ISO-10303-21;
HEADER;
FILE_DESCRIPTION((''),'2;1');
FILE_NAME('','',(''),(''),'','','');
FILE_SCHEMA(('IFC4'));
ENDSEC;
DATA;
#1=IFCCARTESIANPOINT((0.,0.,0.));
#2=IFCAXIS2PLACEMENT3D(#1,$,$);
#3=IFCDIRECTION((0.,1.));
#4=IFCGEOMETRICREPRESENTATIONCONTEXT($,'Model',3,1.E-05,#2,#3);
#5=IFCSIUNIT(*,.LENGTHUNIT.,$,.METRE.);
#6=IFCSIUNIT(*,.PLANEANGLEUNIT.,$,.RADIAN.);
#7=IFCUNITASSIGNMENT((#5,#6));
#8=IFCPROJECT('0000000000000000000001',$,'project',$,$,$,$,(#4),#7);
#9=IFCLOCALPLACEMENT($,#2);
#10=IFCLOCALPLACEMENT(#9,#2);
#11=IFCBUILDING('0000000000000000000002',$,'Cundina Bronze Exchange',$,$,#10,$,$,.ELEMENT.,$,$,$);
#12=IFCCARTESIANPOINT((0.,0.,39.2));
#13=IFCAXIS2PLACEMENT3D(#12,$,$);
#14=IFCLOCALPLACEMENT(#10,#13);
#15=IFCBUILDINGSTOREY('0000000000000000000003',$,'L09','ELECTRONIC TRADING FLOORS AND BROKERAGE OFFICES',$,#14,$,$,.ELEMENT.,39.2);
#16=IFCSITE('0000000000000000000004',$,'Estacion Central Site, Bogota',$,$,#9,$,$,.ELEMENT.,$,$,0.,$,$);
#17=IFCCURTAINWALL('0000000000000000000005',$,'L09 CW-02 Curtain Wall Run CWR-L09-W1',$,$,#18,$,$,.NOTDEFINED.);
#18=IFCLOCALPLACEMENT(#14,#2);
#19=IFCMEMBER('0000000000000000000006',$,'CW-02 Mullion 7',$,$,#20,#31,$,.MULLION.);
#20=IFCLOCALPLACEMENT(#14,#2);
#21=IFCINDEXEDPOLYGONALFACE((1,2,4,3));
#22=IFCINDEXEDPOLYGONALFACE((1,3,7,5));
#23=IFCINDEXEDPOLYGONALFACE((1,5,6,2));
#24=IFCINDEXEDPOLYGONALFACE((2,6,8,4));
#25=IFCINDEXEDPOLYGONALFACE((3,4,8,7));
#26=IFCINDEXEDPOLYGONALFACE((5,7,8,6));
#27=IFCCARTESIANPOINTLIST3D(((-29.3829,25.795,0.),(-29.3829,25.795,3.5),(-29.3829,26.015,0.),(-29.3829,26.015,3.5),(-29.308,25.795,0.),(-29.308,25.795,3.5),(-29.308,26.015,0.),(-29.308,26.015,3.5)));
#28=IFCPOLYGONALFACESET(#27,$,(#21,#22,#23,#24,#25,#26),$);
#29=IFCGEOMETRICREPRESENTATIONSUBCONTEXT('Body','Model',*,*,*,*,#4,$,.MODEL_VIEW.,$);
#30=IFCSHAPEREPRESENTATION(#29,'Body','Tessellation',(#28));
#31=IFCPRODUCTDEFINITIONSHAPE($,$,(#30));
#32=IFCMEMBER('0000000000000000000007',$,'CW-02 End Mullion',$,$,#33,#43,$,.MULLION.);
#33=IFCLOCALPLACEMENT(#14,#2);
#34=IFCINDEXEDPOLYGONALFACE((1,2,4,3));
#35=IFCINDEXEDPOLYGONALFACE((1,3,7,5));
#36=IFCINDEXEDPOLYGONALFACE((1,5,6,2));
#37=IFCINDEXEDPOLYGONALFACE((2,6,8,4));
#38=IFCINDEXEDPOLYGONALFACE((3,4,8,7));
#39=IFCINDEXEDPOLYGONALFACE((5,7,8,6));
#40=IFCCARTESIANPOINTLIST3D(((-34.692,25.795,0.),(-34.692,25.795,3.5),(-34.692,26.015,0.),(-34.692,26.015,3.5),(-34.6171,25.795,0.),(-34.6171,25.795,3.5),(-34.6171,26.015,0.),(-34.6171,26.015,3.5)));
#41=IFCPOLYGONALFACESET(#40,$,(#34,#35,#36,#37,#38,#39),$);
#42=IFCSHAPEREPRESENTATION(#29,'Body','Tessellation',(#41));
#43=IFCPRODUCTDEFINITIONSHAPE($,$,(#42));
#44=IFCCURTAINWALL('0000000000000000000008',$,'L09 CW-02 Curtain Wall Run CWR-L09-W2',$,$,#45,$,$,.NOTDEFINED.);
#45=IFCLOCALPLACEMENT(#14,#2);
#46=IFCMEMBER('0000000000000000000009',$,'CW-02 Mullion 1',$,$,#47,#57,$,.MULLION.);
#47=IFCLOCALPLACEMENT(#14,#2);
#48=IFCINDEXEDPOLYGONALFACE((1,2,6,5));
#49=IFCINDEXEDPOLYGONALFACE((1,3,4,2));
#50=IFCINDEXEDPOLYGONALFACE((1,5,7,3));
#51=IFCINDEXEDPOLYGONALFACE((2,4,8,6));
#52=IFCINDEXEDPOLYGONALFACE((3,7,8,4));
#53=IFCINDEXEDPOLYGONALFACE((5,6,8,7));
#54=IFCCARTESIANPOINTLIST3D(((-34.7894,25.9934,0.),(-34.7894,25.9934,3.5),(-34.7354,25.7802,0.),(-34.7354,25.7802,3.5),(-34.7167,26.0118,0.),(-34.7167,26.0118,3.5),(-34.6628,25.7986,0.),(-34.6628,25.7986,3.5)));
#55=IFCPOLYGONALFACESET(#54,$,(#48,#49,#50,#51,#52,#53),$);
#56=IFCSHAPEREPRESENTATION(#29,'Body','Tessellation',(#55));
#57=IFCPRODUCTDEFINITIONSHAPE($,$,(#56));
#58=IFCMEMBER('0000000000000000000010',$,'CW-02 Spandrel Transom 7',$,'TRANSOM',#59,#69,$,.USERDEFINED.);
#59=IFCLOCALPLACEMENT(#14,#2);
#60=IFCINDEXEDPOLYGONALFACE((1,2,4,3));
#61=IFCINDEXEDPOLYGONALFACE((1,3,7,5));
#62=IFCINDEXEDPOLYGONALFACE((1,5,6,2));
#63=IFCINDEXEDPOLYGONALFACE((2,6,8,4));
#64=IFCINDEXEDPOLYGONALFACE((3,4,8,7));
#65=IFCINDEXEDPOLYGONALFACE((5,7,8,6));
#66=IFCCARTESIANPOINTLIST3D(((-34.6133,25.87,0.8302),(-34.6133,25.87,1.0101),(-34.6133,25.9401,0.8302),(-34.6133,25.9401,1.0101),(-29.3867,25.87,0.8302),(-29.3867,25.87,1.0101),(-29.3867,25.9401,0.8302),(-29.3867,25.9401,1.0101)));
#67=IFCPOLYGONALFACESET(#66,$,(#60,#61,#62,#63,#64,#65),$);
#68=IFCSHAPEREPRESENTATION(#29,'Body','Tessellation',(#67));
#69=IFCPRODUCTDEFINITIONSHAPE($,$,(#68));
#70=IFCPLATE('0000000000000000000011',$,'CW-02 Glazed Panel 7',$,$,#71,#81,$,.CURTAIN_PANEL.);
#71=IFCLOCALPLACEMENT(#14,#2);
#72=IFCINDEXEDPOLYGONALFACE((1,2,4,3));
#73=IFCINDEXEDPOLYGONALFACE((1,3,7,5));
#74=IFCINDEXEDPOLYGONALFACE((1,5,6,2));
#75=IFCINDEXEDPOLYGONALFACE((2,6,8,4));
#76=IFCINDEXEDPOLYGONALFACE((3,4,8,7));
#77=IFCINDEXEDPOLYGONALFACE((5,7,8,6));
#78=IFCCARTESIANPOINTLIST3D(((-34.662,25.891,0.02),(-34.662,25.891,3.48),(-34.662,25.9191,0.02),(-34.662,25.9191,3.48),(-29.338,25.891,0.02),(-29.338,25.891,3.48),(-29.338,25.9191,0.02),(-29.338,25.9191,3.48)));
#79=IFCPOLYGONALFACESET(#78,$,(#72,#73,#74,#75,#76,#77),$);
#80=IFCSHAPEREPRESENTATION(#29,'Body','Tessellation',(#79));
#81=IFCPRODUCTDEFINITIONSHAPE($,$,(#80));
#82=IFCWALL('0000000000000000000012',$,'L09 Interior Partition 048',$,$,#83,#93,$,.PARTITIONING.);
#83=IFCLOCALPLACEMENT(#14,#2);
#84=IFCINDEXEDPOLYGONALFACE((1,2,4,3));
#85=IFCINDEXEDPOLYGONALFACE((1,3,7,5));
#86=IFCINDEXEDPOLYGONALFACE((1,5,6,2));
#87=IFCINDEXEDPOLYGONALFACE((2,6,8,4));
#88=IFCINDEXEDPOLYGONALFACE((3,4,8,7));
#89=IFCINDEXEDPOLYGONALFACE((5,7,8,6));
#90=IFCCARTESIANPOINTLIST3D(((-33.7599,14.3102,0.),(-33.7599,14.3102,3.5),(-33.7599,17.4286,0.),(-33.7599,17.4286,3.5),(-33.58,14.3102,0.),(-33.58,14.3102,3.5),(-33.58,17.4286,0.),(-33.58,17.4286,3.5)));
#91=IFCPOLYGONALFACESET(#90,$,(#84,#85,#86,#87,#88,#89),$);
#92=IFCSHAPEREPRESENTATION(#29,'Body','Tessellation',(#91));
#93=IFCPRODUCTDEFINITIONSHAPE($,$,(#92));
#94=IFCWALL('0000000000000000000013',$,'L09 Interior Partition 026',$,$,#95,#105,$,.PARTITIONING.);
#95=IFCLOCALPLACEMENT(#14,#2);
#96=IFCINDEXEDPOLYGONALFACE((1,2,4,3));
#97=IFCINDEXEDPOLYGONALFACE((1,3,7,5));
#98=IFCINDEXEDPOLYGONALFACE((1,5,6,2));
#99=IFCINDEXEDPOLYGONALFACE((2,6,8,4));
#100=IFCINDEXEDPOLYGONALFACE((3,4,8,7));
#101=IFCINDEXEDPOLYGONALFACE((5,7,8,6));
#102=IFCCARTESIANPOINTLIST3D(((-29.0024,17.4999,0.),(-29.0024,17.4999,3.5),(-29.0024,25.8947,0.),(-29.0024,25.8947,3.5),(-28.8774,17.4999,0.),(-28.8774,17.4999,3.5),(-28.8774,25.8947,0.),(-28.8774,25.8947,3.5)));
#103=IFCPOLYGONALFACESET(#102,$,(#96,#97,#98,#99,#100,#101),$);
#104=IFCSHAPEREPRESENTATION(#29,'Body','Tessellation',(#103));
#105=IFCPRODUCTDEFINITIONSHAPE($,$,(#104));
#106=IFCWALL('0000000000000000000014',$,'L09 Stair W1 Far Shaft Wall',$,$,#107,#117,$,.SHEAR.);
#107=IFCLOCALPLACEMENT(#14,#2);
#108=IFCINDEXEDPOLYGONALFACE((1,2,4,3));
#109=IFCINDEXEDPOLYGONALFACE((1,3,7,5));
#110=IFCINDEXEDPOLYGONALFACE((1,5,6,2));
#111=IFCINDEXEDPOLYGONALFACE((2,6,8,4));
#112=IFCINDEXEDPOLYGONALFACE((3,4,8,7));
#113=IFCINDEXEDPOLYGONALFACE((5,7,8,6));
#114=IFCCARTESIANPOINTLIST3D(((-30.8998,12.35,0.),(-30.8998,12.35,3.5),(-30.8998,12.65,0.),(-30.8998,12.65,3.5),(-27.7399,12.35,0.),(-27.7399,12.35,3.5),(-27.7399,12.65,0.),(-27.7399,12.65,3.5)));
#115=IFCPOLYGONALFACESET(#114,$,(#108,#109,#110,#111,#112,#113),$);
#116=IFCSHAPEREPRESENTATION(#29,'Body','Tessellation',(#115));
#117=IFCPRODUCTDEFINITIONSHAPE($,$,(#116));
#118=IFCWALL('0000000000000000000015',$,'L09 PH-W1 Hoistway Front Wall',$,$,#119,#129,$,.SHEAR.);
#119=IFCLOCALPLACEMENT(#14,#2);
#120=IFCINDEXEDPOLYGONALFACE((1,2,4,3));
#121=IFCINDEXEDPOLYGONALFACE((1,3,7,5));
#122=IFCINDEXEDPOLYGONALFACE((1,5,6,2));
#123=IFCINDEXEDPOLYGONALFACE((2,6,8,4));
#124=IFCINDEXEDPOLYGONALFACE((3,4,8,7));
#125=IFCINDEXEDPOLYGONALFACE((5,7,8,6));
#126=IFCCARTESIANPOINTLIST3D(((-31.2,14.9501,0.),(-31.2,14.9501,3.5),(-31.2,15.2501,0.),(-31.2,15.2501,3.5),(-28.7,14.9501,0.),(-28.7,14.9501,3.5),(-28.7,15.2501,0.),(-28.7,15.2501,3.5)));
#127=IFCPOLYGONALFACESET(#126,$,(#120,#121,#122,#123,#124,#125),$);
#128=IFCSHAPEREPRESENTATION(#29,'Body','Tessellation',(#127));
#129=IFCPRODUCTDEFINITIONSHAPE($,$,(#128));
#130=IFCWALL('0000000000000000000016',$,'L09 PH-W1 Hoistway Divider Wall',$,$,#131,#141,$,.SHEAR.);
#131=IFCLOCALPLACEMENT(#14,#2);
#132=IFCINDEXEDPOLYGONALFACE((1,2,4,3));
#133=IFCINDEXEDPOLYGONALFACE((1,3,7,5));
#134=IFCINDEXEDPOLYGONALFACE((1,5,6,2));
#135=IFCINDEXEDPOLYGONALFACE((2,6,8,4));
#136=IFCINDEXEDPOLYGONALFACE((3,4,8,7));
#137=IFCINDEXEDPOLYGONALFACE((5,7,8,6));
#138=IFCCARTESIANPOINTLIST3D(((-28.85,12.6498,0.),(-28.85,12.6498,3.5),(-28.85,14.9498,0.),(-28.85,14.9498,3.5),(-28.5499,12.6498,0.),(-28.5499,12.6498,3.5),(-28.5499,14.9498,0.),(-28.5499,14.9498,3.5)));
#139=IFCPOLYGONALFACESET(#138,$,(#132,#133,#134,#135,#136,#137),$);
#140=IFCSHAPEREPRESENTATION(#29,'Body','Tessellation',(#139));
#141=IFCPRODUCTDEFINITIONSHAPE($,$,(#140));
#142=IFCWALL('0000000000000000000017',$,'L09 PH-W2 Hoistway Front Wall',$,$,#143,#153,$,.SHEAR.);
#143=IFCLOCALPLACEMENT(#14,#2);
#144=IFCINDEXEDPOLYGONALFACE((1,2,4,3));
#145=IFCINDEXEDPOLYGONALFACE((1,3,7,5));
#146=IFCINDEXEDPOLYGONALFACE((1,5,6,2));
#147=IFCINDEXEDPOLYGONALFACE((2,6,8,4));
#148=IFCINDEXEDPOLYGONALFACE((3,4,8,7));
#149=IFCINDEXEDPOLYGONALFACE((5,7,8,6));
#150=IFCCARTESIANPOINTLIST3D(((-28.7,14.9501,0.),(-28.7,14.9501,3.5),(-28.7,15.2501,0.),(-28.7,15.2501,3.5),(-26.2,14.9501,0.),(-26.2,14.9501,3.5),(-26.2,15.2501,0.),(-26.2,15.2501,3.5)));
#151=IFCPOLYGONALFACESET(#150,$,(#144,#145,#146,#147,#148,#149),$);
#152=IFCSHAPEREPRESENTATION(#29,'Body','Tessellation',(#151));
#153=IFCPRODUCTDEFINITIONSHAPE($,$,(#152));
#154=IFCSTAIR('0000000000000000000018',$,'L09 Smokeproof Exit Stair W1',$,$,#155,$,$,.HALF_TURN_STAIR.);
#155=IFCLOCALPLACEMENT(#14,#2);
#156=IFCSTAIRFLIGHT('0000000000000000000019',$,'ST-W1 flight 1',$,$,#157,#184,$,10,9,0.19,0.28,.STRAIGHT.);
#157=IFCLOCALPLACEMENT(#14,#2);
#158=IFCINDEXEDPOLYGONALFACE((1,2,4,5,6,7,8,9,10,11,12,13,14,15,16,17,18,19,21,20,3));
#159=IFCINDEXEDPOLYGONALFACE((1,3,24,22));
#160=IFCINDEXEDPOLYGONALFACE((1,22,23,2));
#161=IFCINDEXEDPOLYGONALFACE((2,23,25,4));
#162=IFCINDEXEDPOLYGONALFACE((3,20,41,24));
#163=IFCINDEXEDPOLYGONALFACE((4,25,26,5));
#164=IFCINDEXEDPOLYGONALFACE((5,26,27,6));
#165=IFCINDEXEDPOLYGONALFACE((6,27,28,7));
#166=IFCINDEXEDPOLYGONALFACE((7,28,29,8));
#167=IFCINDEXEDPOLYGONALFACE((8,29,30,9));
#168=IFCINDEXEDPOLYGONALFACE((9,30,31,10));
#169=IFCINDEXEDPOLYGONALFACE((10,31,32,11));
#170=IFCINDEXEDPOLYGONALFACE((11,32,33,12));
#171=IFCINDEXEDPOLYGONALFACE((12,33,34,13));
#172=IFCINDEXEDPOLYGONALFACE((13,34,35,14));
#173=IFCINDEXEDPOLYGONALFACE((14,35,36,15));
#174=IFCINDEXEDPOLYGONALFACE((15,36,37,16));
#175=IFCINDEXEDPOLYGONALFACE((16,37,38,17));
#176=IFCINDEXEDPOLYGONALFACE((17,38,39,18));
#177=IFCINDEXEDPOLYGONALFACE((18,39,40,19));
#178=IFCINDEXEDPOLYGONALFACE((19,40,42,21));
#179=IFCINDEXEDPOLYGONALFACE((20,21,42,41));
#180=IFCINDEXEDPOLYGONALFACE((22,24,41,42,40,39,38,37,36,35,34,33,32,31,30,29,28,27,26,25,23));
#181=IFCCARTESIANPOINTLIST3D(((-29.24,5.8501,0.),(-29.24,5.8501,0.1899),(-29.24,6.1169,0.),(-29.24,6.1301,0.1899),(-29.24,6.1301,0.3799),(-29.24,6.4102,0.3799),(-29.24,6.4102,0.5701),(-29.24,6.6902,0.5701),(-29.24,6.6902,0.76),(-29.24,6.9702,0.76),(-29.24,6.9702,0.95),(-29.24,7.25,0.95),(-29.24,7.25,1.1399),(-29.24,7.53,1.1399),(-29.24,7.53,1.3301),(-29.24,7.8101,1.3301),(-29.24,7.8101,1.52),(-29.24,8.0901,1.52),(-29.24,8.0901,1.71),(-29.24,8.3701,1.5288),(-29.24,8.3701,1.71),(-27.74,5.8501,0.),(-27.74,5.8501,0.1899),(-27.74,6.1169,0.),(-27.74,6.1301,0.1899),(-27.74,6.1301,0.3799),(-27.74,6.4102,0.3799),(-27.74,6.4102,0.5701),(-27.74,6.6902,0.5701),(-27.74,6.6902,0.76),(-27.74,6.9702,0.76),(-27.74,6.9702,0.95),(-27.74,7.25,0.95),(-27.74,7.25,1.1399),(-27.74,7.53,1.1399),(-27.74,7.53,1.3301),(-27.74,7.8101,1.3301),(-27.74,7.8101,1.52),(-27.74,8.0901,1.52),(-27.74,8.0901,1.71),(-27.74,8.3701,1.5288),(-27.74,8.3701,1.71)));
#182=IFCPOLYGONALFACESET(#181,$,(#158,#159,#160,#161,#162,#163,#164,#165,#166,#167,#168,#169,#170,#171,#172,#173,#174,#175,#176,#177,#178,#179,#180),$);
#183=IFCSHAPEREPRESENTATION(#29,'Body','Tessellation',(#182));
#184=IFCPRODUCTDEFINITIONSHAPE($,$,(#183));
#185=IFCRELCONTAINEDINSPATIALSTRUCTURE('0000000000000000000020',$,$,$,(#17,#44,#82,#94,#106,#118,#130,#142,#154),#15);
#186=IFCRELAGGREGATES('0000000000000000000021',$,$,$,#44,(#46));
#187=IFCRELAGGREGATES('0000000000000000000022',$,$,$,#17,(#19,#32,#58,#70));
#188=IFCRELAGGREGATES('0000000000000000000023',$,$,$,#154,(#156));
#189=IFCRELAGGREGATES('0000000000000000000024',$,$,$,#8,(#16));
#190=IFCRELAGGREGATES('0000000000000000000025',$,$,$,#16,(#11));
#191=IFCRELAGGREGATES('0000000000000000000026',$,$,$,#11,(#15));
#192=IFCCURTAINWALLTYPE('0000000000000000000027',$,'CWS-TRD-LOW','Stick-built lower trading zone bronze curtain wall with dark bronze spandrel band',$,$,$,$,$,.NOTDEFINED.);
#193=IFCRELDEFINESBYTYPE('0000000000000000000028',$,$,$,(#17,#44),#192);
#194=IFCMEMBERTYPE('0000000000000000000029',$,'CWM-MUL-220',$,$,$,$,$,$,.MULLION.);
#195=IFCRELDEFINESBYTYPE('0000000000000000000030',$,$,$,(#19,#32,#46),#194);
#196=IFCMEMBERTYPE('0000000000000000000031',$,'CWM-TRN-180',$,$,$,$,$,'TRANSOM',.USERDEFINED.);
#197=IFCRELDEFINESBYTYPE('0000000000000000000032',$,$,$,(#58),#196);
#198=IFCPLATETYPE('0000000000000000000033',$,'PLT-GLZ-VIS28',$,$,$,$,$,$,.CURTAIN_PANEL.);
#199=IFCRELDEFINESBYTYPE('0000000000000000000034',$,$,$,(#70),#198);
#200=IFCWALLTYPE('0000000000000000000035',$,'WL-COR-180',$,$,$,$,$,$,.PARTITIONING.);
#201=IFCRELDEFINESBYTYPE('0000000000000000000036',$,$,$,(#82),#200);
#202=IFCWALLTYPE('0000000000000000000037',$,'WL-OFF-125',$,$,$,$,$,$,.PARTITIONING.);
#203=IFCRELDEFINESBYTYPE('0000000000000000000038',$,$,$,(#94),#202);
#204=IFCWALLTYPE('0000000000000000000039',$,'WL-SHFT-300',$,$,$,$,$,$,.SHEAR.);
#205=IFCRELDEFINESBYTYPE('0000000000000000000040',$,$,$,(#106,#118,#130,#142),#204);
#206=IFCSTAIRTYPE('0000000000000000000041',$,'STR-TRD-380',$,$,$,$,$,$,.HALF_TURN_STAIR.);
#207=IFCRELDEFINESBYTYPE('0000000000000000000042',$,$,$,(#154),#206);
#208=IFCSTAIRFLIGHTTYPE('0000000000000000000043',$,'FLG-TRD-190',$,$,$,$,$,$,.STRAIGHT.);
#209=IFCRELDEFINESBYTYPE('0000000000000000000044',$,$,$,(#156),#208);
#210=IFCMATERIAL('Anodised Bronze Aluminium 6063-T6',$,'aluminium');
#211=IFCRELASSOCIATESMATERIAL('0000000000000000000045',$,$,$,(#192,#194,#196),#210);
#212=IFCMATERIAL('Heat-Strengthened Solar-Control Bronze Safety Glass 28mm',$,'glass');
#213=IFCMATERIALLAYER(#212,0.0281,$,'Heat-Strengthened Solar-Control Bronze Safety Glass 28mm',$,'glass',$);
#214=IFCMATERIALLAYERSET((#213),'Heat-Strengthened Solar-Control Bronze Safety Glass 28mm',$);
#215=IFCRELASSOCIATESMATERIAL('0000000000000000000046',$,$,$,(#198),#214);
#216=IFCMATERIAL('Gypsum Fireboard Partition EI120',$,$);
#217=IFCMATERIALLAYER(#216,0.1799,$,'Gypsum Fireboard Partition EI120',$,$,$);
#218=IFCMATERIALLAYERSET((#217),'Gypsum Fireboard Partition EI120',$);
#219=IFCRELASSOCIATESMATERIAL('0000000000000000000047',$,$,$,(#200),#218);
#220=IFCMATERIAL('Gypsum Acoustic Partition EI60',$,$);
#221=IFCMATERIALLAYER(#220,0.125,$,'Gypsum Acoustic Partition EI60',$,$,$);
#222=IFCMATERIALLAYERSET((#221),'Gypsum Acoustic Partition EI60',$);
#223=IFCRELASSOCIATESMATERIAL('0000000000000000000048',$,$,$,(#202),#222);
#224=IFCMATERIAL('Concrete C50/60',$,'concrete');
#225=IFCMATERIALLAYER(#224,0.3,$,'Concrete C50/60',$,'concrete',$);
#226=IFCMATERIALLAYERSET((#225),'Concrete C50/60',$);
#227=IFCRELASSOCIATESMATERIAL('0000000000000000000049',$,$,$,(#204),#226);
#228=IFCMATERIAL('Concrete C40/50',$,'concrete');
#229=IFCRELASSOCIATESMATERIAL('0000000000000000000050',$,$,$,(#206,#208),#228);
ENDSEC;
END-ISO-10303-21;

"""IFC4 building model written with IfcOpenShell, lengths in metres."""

from ifc_helpers import new_model, si_unit, direction, frame, frame_2d, origin, origin_2d, place, context, subcontext, project, spatial, polyline, rectangle, outline, extrude, material, layer, layer_set, material_profile, profile_set, type_object, element, aggregate, save


model = new_model("IFC4")

# Units and contexts
model_context = context("Model", 3, precision=1e-05, world=origin(), true_north=direction((0.0, 1.0)))
body_context = subcontext(model_context, "Body", "Model", "MODEL_VIEW")
ifc_project = project(units=[si_unit("LENGTHUNIT", "METRE"), si_unit("PLANEANGLEUNIT", "RADIAN")], contexts=[model_context])

# Site, building, storey
site_placement = place(None, origin())
site = spatial("IfcSite", under=ifc_project, at=site_placement, Name="Estacion Central Site, Bogota", CompositionType="ELEMENT", RefElevation=0.0)
building_placement = place(site_placement, origin())
building = spatial("IfcBuilding", under=site, at=building_placement, Name="Cundina Bronze Exchange", CompositionType="ELEMENT")
storey_placement = place(building_placement, frame((0.0, 0.0, 39.2)))
storey = spatial("IfcBuildingStorey", under=building, at=storey_placement, Name="L09", Description="ELECTRONIC TRADING FLOORS AND BROKERAGE OFFICES", CompositionType="ELEMENT", Elevation=39.2)

# Curtain wall, members
ifc_material_1 = material(Name="Anodised Bronze Aluminium 6063-T6", Category="aluminium")
curtain_wall_type = type_object("IfcCurtainWallType", Name="CWS-TRD-LOW", Description="Stick-built lower trading zone bronze curtain wall with dark bronze spandrel band", PredefinedType="NOTDEFINED", material=ifc_material_1)
curtain_wall_1_placement = place(storey_placement, origin())
curtain_wall_1 = element("IfcCurtainWall", 1, at=curtain_wall_1_placement, inside=storey, type_object=curtain_wall_type, Name="L09 CW-02 Curtain Wall Run CWR-L09-W1", PredefinedType="NOTDEFINED")
ifc_material_profile_1 = material_profile(ifc_material_1, rectangle(XDim=0.075, YDim=0.22, at=origin_2d()), Name="AL75X220", Category="aluminium")
ifc_profile_set_1 = profile_set([ifc_material_profile_1], Name="Anodised Bronze Aluminium 6063-T6")
member_type_1 = type_object("IfcMemberType", Name="CWM-MUL-220", PredefinedType="MULLION", material=ifc_profile_set_1)
member_1_placement = place(storey_placement, frame((-29.3455, 25.905, 0.0), z_axis=(0.0, 0.0, 1.0), x_axis=(-1.0, 0.0, 0.0)))
member_1 = element("IfcMember", 2, at=member_1_placement, type_object=member_type_1, Name="CW-02 Mullion 7", PredefinedType="MULLION", context=body_context, shape_type="SweptSolid", body=[
    extrude(rectangle(XDim=0.075, YDim=0.22, at=origin_2d()), origin(), (0.0, 0.0, 1.0), 3.5),
])
member_2_placement = place(storey_placement, frame((-34.6545, 25.905, 0.0), z_axis=(0.0, 0.0, 1.0), x_axis=(-1.0, 0.0, 0.0)))
member_2 = element("IfcMember", 3, at=member_2_placement, type_object=member_type_1, Name="CW-02 End Mullion", PredefinedType="MULLION", context=body_context, shape_type="SweptSolid", body=[
    extrude(rectangle(XDim=0.075, YDim=0.22, at=origin_2d()), origin(), (0.0, 0.0, 1.0), 3.5),
])

# Curtain wall, member
curtain_wall_2_placement = place(storey_placement, origin())
curtain_wall_2 = element("IfcCurtainWall", 4, at=curtain_wall_2_placement, inside=storey, type_object=curtain_wall_type, Name="L09 CW-02 Curtain Wall Run CWR-L09-W2", PredefinedType="NOTDEFINED")
member_3_placement = place(storey_placement, frame((-34.7261, 25.896, 0.0), z_axis=(0.0, 0.0, 1.0), x_axis=(-0.969488, -0.245138, 0.0)))
member_3 = element("IfcMember", 5, at=member_3_placement, type_object=member_type_1, Name="CW-02 Mullion 1", PredefinedType="MULLION", context=body_context, shape_type="SweptSolid", body=[
    extrude(rectangle(XDim=0.075, YDim=0.22, at=origin_2d()), origin(), (0.0, 0.0, 1.0), 3.5),
])
aggregate(curtain_wall_2, [member_3])

# Member
ifc_material_profile_2 = material_profile(ifc_material_1, rectangle(XDim=0.0701, YDim=0.1799, at=origin_2d()), Name="AL70X180", Category="aluminium")
ifc_profile_set_2 = profile_set([ifc_material_profile_2], Name="Anodised Bronze Aluminium 6063-T6")
member_type_2 = type_object("IfcMemberType", Name="CWM-TRN-180", ElementType="TRANSOM", PredefinedType="USERDEFINED", material=ifc_profile_set_2)
member_4_placement = place(storey_placement, frame((-29.3867, 25.905, 0.9202), z_axis=(-1.0, 0.0, 0.0), x_axis=(0.0, -1.0, 0.0)))
member_4 = element("IfcMember", 6, at=member_4_placement, type_object=member_type_2, Name="CW-02 Spandrel Transom 7", ObjectType="TRANSOM", PredefinedType="USERDEFINED", context=body_context, shape_type="SweptSolid", body=[
    extrude(rectangle(XDim=0.0701, YDim=0.1799, at=origin_2d()), origin(), (0.0, 0.0, 1.0), 5.2266),
])

# Plate
ifc_material_2 = material(Name="Heat-Strengthened Solar-Control Bronze Safety Glass 28mm", Category="glass")
ifc_layer_1 = layer(ifc_material_2, 0.0281, Name="Heat-Strengthened Solar-Control Bronze Safety Glass 28mm", Category="glass")
ifc_layer_set_1 = layer_set([ifc_layer_1], Name="Heat-Strengthened Solar-Control Bronze Safety Glass 28mm")
plate_type = type_object("IfcPlateType", Name="PLT-GLZ-VIS28", PredefinedType="CURTAIN_PANEL", material=ifc_layer_set_1)
plate_placement = place(storey_placement, frame((-32.0, 25.905, 0.02), z_axis=(0.0, 0.0, 1.0), x_axis=(-1.0, 0.0, 0.0)))
plate = element("IfcPlate", 7, at=plate_placement, type_object=plate_type, Name="CW-02 Glazed Panel 7", PredefinedType="CURTAIN_PANEL", context=body_context, shape_type="SweptSolid", body=[
    extrude(rectangle(XDim=5.324, YDim=0.0281, at=origin_2d()), origin(), (0.0, 0.0, 1.0), 3.46),
])
aggregate(curtain_wall_1, [member_1, member_2, member_4, plate])

# Shared definitions
ifc_material_3 = material(Name="Gypsum Fireboard Partition EI120")
ifc_layer_2 = layer(ifc_material_3, 0.1799, Name="Gypsum Fireboard Partition EI120")
ifc_layer_set_2 = layer_set([ifc_layer_2], Name="Gypsum Fireboard Partition EI120")
wall_type_1 = type_object("IfcWallType", Name="WL-COR-180", PredefinedType="PARTITIONING", material=ifc_layer_set_2)

# Walls
wall_1_placement = place(storey_placement, frame((-33.6699, 17.4285, 0.0), z_axis=(0.0, 0.0, 1.0), x_axis=(0.0, -1.0, 0.0)))
element("IfcWall", 8, at=wall_1_placement, inside=storey, type_object=wall_type_1, Name="L09 Interior Partition 048", PredefinedType="PARTITIONING", context=body_context, shape_type="SweptSolid", body=[
    extrude(rectangle(XDim=3.1184, YDim=0.1799, at=frame_2d((1.5591, 0.0))), origin(), (0.0, 0.0, 1.0), 3.5),
])
ifc_material_4 = material(Name="Gypsum Acoustic Partition EI60")
ifc_layer_3 = layer(ifc_material_4, 0.125, Name="Gypsum Acoustic Partition EI60")
ifc_layer_set_3 = layer_set([ifc_layer_3], Name="Gypsum Acoustic Partition EI60")
wall_type_2 = type_object("IfcWallType", Name="WL-OFF-125", PredefinedType="PARTITIONING", material=ifc_layer_set_3)
wall_2_placement = place(storey_placement, frame((-28.9399, 17.5, 0.0), z_axis=(0.0, 0.0, 1.0), x_axis=(0.0, 1.0, 0.0)))
element("IfcWall", 9, at=wall_2_placement, inside=storey, type_object=wall_type_2, Name="L09 Interior Partition 026", PredefinedType="PARTITIONING", context=body_context, shape_type="SweptSolid", body=[
    extrude(rectangle(XDim=8.3948, YDim=0.125, at=frame_2d((4.1973, 0.0))), origin(), (0.0, 0.0, 1.0), 3.5),
])

# Shared definitions
ifc_material_5 = material(Name="Concrete C50/60", Category="concrete")
ifc_layer_4 = layer(ifc_material_5, 0.3, Name="Concrete C50/60", Category="concrete")
ifc_layer_set_4 = layer_set([ifc_layer_4], Name="Concrete C50/60")
wall_type_3 = type_object("IfcWallType", Name="WL-SHFT-300", PredefinedType="SHEAR", material=ifc_layer_set_4)

# Walls
wall_3_placement = place(storey_placement, frame((-30.8999, 12.5, 0.0), z_axis=(0.0, 0.0, 1.0), x_axis=(1.0, 0.0, 0.0)))
element("IfcWall", 10, at=wall_3_placement, inside=storey, type_object=wall_type_3, Name="L09 Stair W1 Far Shaft Wall", PredefinedType="SHEAR", context=body_context, shape_type="SweptSolid", body=[
    extrude(rectangle(XDim=3.1599, YDim=0.3, at=frame_2d((1.5801, 0.0))), origin(), (0.0, 0.0, 1.0), 3.5),
])
wall_4_placement = place(storey_placement, frame((-31.2, 15.1001, 0.0), z_axis=(0.0, 0.0, 1.0), x_axis=(1.0, 0.0, 0.0)))
element("IfcWall", 11, at=wall_4_placement, inside=storey, type_object=wall_type_3, Name="L09 PH-W1 Hoistway Front Wall", PredefinedType="SHEAR", context=body_context, shape_type="SweptSolid", body=[
    extrude(rectangle(XDim=2.5, YDim=0.3, at=frame_2d((1.25, 0.0))), origin(), (0.0, 0.0, 1.0), 3.5),
])
wall_5_placement = place(storey_placement, frame((-28.7, 12.6499, 0.0), z_axis=(0.0, 0.0, 1.0), x_axis=(0.0, 1.0, 0.0)))
element("IfcWall", 12, at=wall_5_placement, inside=storey, type_object=wall_type_3, Name="L09 PH-W1 Hoistway Divider Wall", PredefinedType="SHEAR", context=body_context, shape_type="SweptSolid", body=[
    extrude(rectangle(XDim=2.3, YDim=0.3, at=frame_2d((1.1499, 0.0))), origin(), (0.0, 0.0, 1.0), 3.5),
])
wall_6_placement = place(storey_placement, frame((-28.7, 15.1001, 0.0), z_axis=(0.0, 0.0, 1.0), x_axis=(1.0, 0.0, 0.0)))
element("IfcWall", 13, at=wall_6_placement, inside=storey, type_object=wall_type_3, Name="L09 PH-W2 Hoistway Front Wall", PredefinedType="SHEAR", context=body_context, shape_type="SweptSolid", body=[
    extrude(rectangle(XDim=2.5, YDim=0.3, at=frame_2d((1.25, 0.0))), origin(), (0.0, 0.0, 1.0), 3.5),
])

# Stair, stair flight
ifc_material_6 = material(Name="Concrete C40/50", Category="concrete")
stair_type = type_object("IfcStairType", Name="STR-TRD-380", PredefinedType="HALF_TURN_STAIR", material=ifc_material_6)
stair_placement = place(storey_placement, origin())
stair = element("IfcStair", 14, at=stair_placement, inside=storey, type_object=stair_type, Name="L09 Smokeproof Exit Stair W1", PredefinedType="HALF_TURN_STAIR")
stair_flight_type = type_object("IfcStairFlightType", Name="FLG-TRD-190", PredefinedType="STRAIGHT", material=ifc_material_6)
stair_flight_1_placement = place(storey_placement, frame((-28.49, 5.8501, 0.0), z_axis=(0.0, 0.0, 1.0), x_axis=(0.0, 1.0, 0.0)))
stair_flight_1 = element("IfcStairFlight", 15, at=stair_flight_1_placement, type_object=stair_flight_type, Name="ST-W1 flight 1", NumberOfRisers=10, NumberOfTreads=9, PredefinedType="STRAIGHT", RiserHeight=0.19, TreadLength=0.28, context=body_context, shape_type="SweptSolid", body=[
    extrude(outline(polyline([(0.0, 0.0), (0.0, 0.1899), (0.28, 0.1899), (0.28, 0.3799), (0.5601, 0.3799), (0.5601, 0.5701), (0.8401, 0.5701), (0.8401, 0.76), (1.1201, 0.76), (1.1201, 0.95), (1.3999, 0.95), (1.3999, 1.1399), (1.6799, 1.1399), (1.6799, 1.3301), (1.96, 1.3301), (1.96, 1.52), (2.24, 1.52), (2.24, 1.71), (2.52, 1.71), (2.52, 1.8999), (2.52, 1.5288), (0.2668, 0.0), (0.0, 0.0)])), frame((0.0, 0.75, 0.0), z_axis=(0.0, -1.0, 0.0), x_axis=(1.0, 0.0, 0.0)), (0.0, 0.0, 1.0), 1.5),
])
aggregate(stair, [stair_flight_1])

save(model, "model.ifc")
